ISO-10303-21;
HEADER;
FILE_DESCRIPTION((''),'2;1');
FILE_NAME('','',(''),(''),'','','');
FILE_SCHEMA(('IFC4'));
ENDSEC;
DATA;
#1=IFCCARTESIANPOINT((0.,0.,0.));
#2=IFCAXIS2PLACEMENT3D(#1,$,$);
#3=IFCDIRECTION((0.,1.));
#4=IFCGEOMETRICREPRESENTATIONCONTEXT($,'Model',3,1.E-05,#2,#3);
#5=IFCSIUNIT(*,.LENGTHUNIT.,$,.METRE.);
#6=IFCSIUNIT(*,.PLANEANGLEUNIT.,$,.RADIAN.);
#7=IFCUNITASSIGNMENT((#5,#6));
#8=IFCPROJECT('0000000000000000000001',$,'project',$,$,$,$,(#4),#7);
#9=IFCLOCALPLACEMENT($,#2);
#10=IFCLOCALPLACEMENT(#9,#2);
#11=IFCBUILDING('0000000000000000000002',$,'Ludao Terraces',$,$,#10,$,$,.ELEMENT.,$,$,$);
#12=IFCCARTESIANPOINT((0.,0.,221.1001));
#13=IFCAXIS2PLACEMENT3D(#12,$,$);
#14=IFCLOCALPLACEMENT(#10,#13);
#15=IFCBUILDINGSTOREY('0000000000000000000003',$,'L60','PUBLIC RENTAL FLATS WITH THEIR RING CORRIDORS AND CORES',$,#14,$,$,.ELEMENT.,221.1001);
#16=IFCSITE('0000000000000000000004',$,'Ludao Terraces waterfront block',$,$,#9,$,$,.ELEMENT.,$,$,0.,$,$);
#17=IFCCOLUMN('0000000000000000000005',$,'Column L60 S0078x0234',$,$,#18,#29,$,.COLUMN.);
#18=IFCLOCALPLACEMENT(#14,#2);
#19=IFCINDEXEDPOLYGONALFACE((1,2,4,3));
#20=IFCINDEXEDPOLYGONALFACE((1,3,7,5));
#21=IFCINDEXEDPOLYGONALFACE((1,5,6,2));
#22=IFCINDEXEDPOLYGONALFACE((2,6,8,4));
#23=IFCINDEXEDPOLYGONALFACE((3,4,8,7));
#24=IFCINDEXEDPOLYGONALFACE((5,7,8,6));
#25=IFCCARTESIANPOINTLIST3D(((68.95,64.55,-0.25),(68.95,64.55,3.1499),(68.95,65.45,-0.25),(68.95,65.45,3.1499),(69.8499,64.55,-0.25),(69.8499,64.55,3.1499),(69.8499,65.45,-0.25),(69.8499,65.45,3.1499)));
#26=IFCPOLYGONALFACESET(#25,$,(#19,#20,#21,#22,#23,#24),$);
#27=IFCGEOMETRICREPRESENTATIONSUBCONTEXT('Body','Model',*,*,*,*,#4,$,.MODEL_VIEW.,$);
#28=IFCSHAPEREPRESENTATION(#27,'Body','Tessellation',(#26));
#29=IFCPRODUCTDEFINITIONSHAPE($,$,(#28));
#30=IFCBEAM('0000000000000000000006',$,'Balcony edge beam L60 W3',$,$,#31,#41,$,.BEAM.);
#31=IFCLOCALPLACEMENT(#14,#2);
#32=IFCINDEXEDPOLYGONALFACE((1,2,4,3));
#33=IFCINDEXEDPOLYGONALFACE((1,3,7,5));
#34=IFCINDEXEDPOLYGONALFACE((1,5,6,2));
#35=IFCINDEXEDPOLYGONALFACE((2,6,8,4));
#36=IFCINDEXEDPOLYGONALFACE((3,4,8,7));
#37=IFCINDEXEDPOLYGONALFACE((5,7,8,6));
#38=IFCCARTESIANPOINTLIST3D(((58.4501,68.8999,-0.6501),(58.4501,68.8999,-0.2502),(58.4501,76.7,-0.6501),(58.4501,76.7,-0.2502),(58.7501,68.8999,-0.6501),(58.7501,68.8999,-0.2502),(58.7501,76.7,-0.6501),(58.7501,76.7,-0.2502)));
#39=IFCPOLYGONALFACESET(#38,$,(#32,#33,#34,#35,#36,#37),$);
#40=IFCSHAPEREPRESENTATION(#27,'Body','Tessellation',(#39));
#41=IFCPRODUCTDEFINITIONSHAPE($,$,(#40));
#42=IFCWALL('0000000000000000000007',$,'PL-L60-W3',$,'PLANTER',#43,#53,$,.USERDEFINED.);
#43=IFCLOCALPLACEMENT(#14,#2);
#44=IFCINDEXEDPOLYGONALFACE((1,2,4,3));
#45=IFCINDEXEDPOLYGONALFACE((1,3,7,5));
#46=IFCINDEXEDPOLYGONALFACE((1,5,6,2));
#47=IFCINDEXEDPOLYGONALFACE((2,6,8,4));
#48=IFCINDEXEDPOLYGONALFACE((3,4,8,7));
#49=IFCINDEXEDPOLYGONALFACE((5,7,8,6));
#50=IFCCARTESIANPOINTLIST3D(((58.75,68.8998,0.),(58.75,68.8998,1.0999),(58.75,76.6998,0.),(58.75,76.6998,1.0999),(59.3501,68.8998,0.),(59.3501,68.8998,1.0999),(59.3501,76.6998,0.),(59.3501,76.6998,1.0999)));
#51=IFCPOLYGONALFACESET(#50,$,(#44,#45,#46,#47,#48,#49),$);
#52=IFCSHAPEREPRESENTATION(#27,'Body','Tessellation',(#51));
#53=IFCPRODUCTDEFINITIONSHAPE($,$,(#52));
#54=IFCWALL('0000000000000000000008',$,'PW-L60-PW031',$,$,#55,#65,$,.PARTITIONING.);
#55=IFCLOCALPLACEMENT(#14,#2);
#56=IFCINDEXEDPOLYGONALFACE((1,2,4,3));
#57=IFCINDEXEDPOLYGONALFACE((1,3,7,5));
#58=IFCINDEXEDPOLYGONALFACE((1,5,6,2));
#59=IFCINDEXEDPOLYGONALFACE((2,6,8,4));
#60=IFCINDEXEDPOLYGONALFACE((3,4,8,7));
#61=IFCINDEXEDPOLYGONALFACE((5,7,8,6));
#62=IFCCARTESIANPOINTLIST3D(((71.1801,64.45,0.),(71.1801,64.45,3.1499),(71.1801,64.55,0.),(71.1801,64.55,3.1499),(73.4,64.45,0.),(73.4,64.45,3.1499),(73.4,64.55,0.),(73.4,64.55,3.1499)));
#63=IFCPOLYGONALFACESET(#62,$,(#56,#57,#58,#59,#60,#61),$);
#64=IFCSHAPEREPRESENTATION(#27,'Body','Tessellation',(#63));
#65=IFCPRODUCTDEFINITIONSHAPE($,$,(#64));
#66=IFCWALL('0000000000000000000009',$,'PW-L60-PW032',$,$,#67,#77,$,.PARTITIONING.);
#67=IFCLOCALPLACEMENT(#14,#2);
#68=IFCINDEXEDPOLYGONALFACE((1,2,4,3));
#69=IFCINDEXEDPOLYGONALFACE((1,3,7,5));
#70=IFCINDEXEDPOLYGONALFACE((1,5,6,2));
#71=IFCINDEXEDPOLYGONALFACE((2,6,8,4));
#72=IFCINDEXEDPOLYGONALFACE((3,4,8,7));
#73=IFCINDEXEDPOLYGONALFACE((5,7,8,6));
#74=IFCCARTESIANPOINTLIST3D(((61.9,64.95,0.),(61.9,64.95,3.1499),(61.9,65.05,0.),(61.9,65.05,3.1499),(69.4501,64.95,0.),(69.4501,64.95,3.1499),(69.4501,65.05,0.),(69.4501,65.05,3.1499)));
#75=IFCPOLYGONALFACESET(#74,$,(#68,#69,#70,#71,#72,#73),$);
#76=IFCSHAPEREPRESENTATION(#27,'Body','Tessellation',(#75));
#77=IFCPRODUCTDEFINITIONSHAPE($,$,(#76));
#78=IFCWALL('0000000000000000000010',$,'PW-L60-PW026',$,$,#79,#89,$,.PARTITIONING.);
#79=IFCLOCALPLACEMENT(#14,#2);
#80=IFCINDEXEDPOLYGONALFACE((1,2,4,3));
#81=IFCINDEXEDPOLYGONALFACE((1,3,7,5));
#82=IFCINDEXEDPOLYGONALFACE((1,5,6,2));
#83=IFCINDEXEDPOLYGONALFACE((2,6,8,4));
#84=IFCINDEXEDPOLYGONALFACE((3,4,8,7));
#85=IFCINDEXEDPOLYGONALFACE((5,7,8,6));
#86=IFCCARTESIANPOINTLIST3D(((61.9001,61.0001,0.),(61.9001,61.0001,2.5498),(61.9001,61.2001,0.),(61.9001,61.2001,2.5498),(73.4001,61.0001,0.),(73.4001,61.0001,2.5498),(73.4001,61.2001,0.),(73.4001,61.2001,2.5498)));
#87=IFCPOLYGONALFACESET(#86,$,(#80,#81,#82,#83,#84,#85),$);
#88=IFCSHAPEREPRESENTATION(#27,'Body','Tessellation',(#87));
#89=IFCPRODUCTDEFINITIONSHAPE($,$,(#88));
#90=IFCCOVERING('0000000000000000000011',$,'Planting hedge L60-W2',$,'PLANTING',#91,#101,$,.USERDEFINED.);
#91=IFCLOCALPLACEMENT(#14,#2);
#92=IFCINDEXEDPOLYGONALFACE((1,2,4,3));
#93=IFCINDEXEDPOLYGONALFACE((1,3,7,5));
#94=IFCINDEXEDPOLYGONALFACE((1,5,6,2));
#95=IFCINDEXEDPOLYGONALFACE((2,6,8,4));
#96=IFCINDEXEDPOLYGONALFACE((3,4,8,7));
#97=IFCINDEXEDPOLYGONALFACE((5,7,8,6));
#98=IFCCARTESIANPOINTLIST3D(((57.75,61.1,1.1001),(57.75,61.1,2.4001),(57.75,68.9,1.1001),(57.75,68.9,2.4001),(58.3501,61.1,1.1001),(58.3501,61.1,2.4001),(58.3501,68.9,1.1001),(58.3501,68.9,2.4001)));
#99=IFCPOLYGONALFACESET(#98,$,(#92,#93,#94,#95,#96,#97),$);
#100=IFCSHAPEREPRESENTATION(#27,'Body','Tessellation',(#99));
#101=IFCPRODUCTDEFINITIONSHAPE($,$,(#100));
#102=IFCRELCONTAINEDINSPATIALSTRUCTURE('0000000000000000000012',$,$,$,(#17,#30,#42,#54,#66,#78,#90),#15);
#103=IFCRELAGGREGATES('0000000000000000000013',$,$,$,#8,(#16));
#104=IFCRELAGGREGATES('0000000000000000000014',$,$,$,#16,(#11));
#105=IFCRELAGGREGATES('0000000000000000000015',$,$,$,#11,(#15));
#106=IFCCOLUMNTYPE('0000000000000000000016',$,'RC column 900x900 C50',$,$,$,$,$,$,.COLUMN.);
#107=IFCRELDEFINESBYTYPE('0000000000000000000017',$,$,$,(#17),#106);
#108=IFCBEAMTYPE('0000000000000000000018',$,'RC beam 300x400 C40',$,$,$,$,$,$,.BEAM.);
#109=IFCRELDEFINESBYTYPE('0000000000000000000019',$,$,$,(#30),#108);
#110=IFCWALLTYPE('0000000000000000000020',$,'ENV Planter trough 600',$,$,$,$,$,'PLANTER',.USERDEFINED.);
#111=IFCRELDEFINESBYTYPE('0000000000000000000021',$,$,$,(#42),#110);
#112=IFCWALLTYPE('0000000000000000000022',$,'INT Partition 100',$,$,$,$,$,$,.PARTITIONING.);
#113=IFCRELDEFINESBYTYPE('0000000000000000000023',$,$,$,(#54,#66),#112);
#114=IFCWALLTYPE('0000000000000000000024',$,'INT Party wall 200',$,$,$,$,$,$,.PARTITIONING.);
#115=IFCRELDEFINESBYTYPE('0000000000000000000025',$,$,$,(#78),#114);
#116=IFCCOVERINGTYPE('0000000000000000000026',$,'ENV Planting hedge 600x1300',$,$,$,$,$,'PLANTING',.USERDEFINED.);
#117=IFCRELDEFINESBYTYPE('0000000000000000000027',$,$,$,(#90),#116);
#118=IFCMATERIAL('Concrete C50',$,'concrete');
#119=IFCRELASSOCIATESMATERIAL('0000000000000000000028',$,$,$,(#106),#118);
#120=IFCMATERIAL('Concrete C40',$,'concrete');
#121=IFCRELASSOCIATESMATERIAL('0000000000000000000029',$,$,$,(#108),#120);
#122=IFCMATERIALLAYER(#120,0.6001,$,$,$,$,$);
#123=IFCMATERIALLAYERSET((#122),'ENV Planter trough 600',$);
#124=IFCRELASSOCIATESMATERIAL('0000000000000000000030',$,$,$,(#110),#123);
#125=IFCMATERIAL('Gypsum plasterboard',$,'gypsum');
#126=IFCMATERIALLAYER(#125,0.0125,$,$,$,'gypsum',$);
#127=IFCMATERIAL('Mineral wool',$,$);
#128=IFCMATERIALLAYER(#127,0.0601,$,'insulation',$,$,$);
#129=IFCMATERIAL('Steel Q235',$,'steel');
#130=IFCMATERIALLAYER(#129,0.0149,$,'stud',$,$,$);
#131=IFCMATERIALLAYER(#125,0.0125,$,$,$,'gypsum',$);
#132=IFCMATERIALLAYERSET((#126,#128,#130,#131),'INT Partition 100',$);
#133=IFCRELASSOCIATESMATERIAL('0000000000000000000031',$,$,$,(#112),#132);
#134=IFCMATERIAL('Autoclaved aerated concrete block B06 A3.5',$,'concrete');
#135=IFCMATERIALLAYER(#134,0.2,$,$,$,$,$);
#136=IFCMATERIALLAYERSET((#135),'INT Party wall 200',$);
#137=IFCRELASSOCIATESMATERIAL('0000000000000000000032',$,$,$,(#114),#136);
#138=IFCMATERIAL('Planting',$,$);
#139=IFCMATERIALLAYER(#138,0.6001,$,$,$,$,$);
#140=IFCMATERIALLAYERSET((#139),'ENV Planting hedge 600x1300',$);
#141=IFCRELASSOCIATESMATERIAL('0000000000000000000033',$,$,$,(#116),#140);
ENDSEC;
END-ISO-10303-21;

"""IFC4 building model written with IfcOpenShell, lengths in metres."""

from ifc_helpers import new_model, si_unit, direction, frame, frame_2d, origin, origin_2d, place, context, subcontext, project, spatial, rectangle, extrude, material, layer, layer_set, material_profile, profile_set, type_object, element, save


model = new_model("IFC4")

# Units and contexts
model_context = context("Model", 3, precision=1e-05, world=origin(), true_north=direction((0.0, 1.0)))
body_context = subcontext(model_context, "Body", "Model", "MODEL_VIEW")
ifc_project = project(units=[si_unit("LENGTHUNIT", "METRE"), si_unit("PLANEANGLEUNIT", "RADIAN")], contexts=[model_context])

# Site, building, storey
site_placement = place(None, origin())
site = spatial("IfcSite", under=ifc_project, at=site_placement, Name="Ludao Terraces waterfront block", CompositionType="ELEMENT", RefElevation=0.0)
building_placement = place(site_placement, origin())
building = spatial("IfcBuilding", under=site, at=building_placement, Name="Ludao Terraces", CompositionType="ELEMENT")
storey_placement = place(building_placement, frame((0.0, 0.0, 221.1001)))
storey = spatial("IfcBuildingStorey", under=building, at=storey_placement, Name="L60", Description="PUBLIC RENTAL FLATS WITH THEIR RING CORRIDORS AND CORES", CompositionType="ELEMENT", Elevation=221.1001)

# Column
ifc_material_1 = material(Name="Concrete C50", Category="concrete")
ifc_material_profile_1 = material_profile(ifc_material_1, rectangle(XDim=0.8999, YDim=0.8999, at=origin_2d()), Name="900 X 900")
ifc_profile_set_1 = profile_set([ifc_material_profile_1], Name="Concrete C50")
column_type = type_object("IfcColumnType", Name="RC column 900x900 C50", PredefinedType="COLUMN", material=ifc_profile_set_1)
column_placement = place(storey_placement, frame((69.3999, 65.0, -0.25), z_axis=(0.0, 0.0, 1.0), x_axis=(1.0, 0.0, 0.0)))
element("IfcColumn", 1, at=column_placement, inside=storey, type_object=column_type, Name="Column L60 S0078x0234", PredefinedType="COLUMN", context=body_context, shape_type="SweptSolid", body=[
    extrude(rectangle(XDim=0.8999, YDim=0.8999, at=origin_2d()), origin(), (0.0, 0.0, 1.0), 3.3999),
])

# Beam
ifc_material_2 = material(Name="Concrete C40", Category="concrete")
ifc_material_profile_2 = material_profile(ifc_material_2, rectangle(XDim=0.3, YDim=0.3999, at=origin_2d()), Name="300 X 400")
ifc_profile_set_2 = profile_set([ifc_material_profile_2], Name="Concrete C40")
beam_type = type_object("IfcBeamType", Name="RC beam 300x400 C40", PredefinedType="BEAM", material=ifc_profile_set_2)
beam_placement = place(storey_placement, frame((58.6001, 68.8999, -0.4502), z_axis=(0.0, 1.0, 0.0), x_axis=(-1.0, 0.0, 0.0)))
element("IfcBeam", 2, at=beam_placement, inside=storey, type_object=beam_type, Name="Balcony edge beam L60 W3", PredefinedType="BEAM", context=body_context, shape_type="SweptSolid", body=[
    extrude(rectangle(XDim=0.3, YDim=0.3999, at=origin_2d()), origin(), (0.0, 0.0, 1.0), 7.8),
])

# Wall
ifc_layer_1 = layer(ifc_material_2, 0.6001)
ifc_layer_set_1 = layer_set([ifc_layer_1], Name="ENV Planter trough 600")
wall_type_1 = type_object("IfcWallType", Name="ENV Planter trough 600", ElementType="PLANTER", PredefinedType="USERDEFINED", material=ifc_layer_set_1)
wall_1_placement = place(storey_placement, frame((59.05, 68.8999, 0.0), z_axis=(0.0, 0.0, 1.0), x_axis=(0.0, 1.0, 0.0)))
element("IfcWall", 3, at=wall_1_placement, inside=storey, type_object=wall_type_1, Name="PL-L60-W3", ObjectType="PLANTER", PredefinedType="USERDEFINED", context=body_context, shape_type="SweptSolid", body=[
    extrude(rectangle(XDim=7.8, YDim=0.6001, at=frame_2d((3.8999, 0.0))), origin(), (0.0, 0.0, 1.0), 1.0999),
])

# Shared definitions
ifc_material_3 = material(Name="Mineral wool")

# Walls
ifc_material_4 = material(Name="Gypsum plasterboard", Category="gypsum")
ifc_layer_2 = layer(ifc_material_4, 0.0125, Category="gypsum")
ifc_layer_3 = layer(ifc_material_3, 0.0601, Name="insulation")
ifc_material_5 = material(Name="Steel Q235", Category="steel")
ifc_layer_4 = layer(ifc_material_5, 0.0149, Name="stud")
ifc_layer_5 = layer(ifc_material_4, 0.0125, Category="gypsum")
ifc_layer_set_2 = layer_set([ifc_layer_2, ifc_layer_3, ifc_layer_4, ifc_layer_5], Name="INT Partition 100")
wall_type_2 = type_object("IfcWallType", Name="INT Partition 100", PredefinedType="PARTITIONING", material=ifc_layer_set_2)
wall_2_placement = place(storey_placement, frame((71.1802, 64.5, 0.0), z_axis=(0.0, 0.0, 1.0), x_axis=(1.0, 0.0, 0.0)))
element("IfcWall", 4, at=wall_2_placement, inside=storey, type_object=wall_type_2, Name="PW-L60-PW031", PredefinedType="PARTITIONING", context=body_context, shape_type="SweptSolid", body=[
    extrude(rectangle(XDim=2.22, YDim=0.1001, at=frame_2d((1.1099, 0.0))), origin(), (0.0, 0.0, 1.0), 3.1499),
])
wall_3_placement = place(storey_placement, frame((61.9001, 65.0, 0.0), z_axis=(0.0, 0.0, 1.0), x_axis=(1.0, 0.0, 0.0)))
element("IfcWall", 5, at=wall_3_placement, inside=storey, type_object=wall_type_2, Name="PW-L60-PW032", PredefinedType="PARTITIONING", context=body_context, shape_type="SweptSolid", body=[
    extrude(rectangle(XDim=7.55, YDim=0.1001, at=frame_2d((3.7749, 0.0))), origin(), (0.0, 0.0, 1.0), 3.1499),
])

# Wall
ifc_material_6 = material(Name="Autoclaved aerated concrete block B06 A3.5", Category="concrete")
ifc_layer_6 = layer(ifc_material_6, 0.2)
ifc_layer_set_3 = layer_set([ifc_layer_6], Name="INT Party wall 200")
wall_type_3 = type_object("IfcWallType", Name="INT Party wall 200", PredefinedType="PARTITIONING", material=ifc_layer_set_3)
wall_4_placement = place(storey_placement, frame((61.9001, 61.1001, 0.0), z_axis=(0.0, 0.0, 1.0), x_axis=(1.0, 0.0, 0.0)))
element("IfcWall", 6, at=wall_4_placement, inside=storey, type_object=wall_type_3, Name="PW-L60-PW026", PredefinedType="PARTITIONING", context=body_context, shape_type="SweptSolid", body=[
    extrude(rectangle(XDim=11.5, YDim=0.2, at=frame_2d((5.75, 0.0))), origin(), (0.0, 0.0, 1.0), 2.5498),
])

# Covering
ifc_material_7 = material(Name="Planting")
ifc_layer_7 = layer(ifc_material_7, 0.6001)
ifc_layer_set_4 = layer_set([ifc_layer_7], Name="ENV Planting hedge 600x1300")
covering_type = type_object("IfcCoveringType", Name="ENV Planting hedge 600x1300", ElementType="PLANTING", PredefinedType="USERDEFINED", material=ifc_layer_set_4)
covering_placement = place(storey_placement, frame((58.05, 65.0, 1.1001), z_axis=(0.0, 0.0, 1.0), x_axis=(1.0, 0.0, 0.0)))
element("IfcCovering", 7, at=covering_placement, inside=storey, type_object=covering_type, Name="Planting hedge L60-W2", ObjectType="PLANTING", PredefinedType="USERDEFINED", context=body_context, shape_type="SweptSolid", body=[
    extrude(rectangle(XDim=0.6001, YDim=7.8, at=origin_2d()), origin(), (0.0, 0.0, 1.0), 1.3),
])

save(model, "model.ifc")
